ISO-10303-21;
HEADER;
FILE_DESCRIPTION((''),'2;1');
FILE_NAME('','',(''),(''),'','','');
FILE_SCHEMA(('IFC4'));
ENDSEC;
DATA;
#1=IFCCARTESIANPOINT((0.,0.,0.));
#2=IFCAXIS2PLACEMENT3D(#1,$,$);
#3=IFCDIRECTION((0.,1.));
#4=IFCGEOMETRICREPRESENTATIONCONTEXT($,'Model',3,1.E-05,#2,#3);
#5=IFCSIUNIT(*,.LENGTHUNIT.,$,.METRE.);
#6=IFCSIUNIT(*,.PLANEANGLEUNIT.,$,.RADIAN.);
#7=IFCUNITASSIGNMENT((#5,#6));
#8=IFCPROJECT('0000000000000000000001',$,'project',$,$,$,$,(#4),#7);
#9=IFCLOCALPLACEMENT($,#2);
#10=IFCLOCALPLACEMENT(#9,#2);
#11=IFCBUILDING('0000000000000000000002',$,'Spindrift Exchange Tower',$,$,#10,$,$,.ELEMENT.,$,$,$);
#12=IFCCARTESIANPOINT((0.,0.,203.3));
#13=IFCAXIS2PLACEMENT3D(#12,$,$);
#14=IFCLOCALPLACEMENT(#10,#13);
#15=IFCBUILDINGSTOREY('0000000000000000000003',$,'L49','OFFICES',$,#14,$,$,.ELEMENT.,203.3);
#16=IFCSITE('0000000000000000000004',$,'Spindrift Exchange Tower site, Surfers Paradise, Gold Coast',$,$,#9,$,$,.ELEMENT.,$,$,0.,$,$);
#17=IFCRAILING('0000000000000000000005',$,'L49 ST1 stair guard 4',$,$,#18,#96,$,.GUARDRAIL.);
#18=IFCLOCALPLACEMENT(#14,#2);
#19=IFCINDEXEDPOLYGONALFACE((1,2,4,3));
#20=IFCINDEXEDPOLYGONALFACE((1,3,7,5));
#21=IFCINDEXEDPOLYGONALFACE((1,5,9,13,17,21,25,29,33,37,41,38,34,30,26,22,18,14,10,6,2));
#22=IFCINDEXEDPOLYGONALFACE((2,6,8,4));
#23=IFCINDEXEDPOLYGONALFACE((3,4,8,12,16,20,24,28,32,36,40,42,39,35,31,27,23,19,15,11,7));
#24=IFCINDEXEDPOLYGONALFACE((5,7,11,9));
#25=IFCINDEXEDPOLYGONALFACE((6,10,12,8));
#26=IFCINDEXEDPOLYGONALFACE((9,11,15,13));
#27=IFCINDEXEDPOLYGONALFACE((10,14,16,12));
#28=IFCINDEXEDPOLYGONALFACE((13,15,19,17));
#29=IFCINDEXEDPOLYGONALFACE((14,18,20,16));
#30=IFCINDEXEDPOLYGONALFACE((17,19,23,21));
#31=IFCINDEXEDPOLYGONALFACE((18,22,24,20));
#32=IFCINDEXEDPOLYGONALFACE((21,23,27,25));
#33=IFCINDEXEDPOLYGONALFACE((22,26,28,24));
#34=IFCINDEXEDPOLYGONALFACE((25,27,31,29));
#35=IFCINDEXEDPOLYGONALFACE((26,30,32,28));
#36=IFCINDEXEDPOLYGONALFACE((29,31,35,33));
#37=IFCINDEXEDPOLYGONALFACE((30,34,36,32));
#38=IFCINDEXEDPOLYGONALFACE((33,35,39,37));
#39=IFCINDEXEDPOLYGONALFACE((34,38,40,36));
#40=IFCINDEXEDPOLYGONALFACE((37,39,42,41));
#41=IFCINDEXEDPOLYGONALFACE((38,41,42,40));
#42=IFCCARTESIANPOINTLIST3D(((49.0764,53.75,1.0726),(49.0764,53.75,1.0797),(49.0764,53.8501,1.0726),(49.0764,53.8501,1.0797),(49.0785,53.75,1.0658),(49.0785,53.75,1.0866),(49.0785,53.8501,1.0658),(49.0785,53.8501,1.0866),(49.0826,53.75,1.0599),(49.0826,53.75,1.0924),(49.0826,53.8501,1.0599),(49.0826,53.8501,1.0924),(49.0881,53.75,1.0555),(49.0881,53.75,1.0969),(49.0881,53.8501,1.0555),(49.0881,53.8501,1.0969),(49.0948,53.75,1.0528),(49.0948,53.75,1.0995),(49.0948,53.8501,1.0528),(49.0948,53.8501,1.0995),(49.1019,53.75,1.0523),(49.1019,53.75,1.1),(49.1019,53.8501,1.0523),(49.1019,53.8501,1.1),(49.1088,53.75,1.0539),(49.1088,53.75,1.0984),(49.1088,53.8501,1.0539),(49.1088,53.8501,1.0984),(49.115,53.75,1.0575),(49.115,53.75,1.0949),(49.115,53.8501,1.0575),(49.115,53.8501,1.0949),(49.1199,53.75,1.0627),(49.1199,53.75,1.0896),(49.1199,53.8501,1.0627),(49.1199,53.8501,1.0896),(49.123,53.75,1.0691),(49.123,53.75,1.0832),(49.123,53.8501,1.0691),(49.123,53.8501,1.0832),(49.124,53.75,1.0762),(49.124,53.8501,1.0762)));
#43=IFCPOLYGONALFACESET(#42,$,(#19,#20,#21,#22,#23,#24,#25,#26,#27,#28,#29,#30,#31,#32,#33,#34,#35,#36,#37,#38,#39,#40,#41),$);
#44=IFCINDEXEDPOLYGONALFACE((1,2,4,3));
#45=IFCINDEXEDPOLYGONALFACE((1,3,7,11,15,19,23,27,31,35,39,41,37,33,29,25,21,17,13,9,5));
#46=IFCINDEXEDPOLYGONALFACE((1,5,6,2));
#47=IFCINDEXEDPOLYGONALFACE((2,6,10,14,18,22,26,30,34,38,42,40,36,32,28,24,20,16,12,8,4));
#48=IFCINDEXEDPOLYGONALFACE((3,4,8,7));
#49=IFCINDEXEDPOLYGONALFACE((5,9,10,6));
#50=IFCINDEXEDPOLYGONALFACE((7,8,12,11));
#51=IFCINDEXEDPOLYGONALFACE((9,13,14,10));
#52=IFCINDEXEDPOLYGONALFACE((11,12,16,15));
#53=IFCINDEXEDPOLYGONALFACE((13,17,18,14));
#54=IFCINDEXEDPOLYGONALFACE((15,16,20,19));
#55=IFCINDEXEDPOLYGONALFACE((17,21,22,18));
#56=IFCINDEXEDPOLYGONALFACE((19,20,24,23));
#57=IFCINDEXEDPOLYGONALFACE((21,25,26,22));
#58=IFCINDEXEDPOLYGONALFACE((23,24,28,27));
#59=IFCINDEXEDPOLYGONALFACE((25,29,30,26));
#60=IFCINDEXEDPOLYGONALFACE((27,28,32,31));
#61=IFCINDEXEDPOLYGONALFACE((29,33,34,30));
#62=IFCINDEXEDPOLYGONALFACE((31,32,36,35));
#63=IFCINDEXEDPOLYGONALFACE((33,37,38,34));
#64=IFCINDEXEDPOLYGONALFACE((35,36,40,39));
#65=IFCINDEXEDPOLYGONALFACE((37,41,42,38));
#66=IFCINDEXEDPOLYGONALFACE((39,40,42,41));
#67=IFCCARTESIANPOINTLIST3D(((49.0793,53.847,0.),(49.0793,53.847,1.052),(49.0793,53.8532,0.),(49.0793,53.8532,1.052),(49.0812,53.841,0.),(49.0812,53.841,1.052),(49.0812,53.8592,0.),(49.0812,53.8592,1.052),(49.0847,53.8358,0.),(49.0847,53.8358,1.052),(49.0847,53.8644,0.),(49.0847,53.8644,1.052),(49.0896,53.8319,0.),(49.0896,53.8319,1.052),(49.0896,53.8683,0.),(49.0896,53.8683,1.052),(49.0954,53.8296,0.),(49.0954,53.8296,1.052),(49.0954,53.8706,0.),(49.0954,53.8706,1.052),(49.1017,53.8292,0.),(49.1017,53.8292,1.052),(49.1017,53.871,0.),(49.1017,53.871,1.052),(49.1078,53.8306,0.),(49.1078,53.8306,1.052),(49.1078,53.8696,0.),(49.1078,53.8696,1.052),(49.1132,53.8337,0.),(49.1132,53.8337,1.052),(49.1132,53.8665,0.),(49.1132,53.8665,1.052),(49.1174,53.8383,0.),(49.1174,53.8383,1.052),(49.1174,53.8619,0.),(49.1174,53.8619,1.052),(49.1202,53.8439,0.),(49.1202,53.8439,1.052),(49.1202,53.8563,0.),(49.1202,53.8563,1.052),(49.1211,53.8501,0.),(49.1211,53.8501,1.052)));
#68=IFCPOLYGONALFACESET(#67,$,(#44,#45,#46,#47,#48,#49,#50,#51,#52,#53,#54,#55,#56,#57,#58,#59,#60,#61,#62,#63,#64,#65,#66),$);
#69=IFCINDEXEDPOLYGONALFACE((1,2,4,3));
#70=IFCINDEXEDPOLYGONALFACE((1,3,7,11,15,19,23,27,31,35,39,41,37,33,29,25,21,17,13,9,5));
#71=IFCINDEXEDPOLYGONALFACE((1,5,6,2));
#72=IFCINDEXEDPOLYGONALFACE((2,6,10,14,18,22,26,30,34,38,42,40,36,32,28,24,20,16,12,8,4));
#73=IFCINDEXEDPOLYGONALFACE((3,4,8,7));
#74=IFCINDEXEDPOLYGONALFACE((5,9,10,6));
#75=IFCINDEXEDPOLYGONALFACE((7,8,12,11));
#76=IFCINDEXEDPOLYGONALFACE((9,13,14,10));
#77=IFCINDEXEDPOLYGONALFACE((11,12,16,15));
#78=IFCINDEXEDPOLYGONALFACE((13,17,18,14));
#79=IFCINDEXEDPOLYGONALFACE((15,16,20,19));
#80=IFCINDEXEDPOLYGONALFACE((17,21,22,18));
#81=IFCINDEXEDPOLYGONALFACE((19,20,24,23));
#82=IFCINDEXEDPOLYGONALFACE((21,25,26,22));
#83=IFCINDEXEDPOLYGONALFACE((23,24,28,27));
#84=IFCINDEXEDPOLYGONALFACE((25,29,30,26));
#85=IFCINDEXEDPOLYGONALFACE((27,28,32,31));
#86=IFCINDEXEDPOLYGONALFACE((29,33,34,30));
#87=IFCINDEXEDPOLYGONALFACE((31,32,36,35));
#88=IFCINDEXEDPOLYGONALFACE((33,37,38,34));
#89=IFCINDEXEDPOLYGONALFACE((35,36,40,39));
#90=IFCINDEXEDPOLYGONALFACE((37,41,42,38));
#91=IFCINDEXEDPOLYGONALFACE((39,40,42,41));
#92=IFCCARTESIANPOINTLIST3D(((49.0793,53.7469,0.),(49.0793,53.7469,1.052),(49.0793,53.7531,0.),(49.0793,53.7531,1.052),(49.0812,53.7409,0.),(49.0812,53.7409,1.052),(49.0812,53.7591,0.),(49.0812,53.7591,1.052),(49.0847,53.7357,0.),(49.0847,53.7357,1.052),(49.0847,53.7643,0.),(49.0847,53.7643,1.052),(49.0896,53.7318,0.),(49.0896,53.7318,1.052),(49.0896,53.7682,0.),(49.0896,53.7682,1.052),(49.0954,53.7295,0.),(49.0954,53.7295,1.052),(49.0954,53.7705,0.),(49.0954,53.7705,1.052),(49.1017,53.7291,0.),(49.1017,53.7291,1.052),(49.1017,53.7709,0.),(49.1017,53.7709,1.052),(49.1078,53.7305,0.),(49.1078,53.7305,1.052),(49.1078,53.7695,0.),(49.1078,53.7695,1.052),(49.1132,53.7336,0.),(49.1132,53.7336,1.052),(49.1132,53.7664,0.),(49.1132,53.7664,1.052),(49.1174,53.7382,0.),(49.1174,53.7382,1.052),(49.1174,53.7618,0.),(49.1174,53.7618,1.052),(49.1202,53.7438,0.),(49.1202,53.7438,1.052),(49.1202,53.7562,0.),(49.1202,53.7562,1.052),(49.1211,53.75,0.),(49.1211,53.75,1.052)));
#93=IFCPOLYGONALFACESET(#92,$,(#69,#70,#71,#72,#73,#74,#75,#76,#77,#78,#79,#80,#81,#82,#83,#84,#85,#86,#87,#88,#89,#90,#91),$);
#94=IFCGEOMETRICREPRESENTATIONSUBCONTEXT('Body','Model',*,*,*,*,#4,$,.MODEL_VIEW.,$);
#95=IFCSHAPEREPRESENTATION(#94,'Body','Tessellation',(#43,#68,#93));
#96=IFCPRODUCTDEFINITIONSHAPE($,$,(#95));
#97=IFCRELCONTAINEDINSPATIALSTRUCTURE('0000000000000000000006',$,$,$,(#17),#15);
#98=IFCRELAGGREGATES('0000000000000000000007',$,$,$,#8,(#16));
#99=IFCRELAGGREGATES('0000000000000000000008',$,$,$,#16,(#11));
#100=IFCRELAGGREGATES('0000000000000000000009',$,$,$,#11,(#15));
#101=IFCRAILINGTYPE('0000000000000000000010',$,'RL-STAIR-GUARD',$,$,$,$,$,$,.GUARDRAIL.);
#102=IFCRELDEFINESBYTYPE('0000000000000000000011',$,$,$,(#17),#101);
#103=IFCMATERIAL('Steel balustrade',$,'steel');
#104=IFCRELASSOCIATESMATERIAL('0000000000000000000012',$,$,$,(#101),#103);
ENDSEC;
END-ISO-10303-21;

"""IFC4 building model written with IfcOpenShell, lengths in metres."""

from ifc_helpers import new_model, si_unit, direction, frame, origin, origin_2d, place, context, subcontext, project, spatial, circle, extrude, material, type_object, element, save


model = new_model("IFC4")

# Units and contexts
model_context = context("Model", 3, precision=1e-05, world=origin(), true_north=direction((0.0, 1.0)))
body_context = subcontext(model_context, "Body", "Model", "MODEL_VIEW")
ifc_project = project(units=[si_unit("LENGTHUNIT", "METRE"), si_unit("PLANEANGLEUNIT", "RADIAN")], contexts=[model_context])

# Site, building, storey
site_placement = place(None, origin())
site = spatial("IfcSite", under=ifc_project, at=site_placement, Name="Spindrift Exchange Tower site, Surfers Paradise, Gold Coast", CompositionType="ELEMENT", RefElevation=0.0)
building_placement = place(site_placement, origin())
building = spatial("IfcBuilding", under=site, at=building_placement, Name="Spindrift Exchange Tower", CompositionType="ELEMENT")
storey_placement = place(building_placement, frame((0.0, 0.0, 203.3)))
storey = spatial("IfcBuildingStorey", under=building, at=storey_placement, Name="L49", Description="OFFICES", CompositionType="ELEMENT", Elevation=203.3)

# Railing
ifc_material_1 = material(Name="Steel balustrade", Category="steel")
railing_type_1 = type_object("IfcRailingType", Name="RL-STAIR-GUARD", PredefinedType="GUARDRAIL", material=ifc_material_1)
railing_1_placement = place(storey_placement, frame((49.1001, 53.8501, 0.0)))
element("IfcRailing", 1, at=railing_1_placement, inside=storey, type_object=railing_type_1, Name="L49 ST1 stair guard 4", PredefinedType="GUARDRAIL", context=body_context, shape_type="SweptSolid", body=[
    extrude(circle(Radius=0.0239, at=origin_2d()), frame((0.0, 0.0, 1.0762), z_axis=(0.0, -1.0, 0.0), x_axis=(1.0, 0.0, 0.0)), (0.0, 0.0, 1.0), 0.1001),
    extrude(circle(Radius=0.021, at=origin_2d()), origin(), (0.0, 0.0, 1.0), 1.052),
    extrude(circle(Radius=0.021, at=origin_2d()), frame((0.0, -0.1001, 0.0)), (0.0, 0.0, 1.0), 1.052),
])

save(model, "model.ifc")
